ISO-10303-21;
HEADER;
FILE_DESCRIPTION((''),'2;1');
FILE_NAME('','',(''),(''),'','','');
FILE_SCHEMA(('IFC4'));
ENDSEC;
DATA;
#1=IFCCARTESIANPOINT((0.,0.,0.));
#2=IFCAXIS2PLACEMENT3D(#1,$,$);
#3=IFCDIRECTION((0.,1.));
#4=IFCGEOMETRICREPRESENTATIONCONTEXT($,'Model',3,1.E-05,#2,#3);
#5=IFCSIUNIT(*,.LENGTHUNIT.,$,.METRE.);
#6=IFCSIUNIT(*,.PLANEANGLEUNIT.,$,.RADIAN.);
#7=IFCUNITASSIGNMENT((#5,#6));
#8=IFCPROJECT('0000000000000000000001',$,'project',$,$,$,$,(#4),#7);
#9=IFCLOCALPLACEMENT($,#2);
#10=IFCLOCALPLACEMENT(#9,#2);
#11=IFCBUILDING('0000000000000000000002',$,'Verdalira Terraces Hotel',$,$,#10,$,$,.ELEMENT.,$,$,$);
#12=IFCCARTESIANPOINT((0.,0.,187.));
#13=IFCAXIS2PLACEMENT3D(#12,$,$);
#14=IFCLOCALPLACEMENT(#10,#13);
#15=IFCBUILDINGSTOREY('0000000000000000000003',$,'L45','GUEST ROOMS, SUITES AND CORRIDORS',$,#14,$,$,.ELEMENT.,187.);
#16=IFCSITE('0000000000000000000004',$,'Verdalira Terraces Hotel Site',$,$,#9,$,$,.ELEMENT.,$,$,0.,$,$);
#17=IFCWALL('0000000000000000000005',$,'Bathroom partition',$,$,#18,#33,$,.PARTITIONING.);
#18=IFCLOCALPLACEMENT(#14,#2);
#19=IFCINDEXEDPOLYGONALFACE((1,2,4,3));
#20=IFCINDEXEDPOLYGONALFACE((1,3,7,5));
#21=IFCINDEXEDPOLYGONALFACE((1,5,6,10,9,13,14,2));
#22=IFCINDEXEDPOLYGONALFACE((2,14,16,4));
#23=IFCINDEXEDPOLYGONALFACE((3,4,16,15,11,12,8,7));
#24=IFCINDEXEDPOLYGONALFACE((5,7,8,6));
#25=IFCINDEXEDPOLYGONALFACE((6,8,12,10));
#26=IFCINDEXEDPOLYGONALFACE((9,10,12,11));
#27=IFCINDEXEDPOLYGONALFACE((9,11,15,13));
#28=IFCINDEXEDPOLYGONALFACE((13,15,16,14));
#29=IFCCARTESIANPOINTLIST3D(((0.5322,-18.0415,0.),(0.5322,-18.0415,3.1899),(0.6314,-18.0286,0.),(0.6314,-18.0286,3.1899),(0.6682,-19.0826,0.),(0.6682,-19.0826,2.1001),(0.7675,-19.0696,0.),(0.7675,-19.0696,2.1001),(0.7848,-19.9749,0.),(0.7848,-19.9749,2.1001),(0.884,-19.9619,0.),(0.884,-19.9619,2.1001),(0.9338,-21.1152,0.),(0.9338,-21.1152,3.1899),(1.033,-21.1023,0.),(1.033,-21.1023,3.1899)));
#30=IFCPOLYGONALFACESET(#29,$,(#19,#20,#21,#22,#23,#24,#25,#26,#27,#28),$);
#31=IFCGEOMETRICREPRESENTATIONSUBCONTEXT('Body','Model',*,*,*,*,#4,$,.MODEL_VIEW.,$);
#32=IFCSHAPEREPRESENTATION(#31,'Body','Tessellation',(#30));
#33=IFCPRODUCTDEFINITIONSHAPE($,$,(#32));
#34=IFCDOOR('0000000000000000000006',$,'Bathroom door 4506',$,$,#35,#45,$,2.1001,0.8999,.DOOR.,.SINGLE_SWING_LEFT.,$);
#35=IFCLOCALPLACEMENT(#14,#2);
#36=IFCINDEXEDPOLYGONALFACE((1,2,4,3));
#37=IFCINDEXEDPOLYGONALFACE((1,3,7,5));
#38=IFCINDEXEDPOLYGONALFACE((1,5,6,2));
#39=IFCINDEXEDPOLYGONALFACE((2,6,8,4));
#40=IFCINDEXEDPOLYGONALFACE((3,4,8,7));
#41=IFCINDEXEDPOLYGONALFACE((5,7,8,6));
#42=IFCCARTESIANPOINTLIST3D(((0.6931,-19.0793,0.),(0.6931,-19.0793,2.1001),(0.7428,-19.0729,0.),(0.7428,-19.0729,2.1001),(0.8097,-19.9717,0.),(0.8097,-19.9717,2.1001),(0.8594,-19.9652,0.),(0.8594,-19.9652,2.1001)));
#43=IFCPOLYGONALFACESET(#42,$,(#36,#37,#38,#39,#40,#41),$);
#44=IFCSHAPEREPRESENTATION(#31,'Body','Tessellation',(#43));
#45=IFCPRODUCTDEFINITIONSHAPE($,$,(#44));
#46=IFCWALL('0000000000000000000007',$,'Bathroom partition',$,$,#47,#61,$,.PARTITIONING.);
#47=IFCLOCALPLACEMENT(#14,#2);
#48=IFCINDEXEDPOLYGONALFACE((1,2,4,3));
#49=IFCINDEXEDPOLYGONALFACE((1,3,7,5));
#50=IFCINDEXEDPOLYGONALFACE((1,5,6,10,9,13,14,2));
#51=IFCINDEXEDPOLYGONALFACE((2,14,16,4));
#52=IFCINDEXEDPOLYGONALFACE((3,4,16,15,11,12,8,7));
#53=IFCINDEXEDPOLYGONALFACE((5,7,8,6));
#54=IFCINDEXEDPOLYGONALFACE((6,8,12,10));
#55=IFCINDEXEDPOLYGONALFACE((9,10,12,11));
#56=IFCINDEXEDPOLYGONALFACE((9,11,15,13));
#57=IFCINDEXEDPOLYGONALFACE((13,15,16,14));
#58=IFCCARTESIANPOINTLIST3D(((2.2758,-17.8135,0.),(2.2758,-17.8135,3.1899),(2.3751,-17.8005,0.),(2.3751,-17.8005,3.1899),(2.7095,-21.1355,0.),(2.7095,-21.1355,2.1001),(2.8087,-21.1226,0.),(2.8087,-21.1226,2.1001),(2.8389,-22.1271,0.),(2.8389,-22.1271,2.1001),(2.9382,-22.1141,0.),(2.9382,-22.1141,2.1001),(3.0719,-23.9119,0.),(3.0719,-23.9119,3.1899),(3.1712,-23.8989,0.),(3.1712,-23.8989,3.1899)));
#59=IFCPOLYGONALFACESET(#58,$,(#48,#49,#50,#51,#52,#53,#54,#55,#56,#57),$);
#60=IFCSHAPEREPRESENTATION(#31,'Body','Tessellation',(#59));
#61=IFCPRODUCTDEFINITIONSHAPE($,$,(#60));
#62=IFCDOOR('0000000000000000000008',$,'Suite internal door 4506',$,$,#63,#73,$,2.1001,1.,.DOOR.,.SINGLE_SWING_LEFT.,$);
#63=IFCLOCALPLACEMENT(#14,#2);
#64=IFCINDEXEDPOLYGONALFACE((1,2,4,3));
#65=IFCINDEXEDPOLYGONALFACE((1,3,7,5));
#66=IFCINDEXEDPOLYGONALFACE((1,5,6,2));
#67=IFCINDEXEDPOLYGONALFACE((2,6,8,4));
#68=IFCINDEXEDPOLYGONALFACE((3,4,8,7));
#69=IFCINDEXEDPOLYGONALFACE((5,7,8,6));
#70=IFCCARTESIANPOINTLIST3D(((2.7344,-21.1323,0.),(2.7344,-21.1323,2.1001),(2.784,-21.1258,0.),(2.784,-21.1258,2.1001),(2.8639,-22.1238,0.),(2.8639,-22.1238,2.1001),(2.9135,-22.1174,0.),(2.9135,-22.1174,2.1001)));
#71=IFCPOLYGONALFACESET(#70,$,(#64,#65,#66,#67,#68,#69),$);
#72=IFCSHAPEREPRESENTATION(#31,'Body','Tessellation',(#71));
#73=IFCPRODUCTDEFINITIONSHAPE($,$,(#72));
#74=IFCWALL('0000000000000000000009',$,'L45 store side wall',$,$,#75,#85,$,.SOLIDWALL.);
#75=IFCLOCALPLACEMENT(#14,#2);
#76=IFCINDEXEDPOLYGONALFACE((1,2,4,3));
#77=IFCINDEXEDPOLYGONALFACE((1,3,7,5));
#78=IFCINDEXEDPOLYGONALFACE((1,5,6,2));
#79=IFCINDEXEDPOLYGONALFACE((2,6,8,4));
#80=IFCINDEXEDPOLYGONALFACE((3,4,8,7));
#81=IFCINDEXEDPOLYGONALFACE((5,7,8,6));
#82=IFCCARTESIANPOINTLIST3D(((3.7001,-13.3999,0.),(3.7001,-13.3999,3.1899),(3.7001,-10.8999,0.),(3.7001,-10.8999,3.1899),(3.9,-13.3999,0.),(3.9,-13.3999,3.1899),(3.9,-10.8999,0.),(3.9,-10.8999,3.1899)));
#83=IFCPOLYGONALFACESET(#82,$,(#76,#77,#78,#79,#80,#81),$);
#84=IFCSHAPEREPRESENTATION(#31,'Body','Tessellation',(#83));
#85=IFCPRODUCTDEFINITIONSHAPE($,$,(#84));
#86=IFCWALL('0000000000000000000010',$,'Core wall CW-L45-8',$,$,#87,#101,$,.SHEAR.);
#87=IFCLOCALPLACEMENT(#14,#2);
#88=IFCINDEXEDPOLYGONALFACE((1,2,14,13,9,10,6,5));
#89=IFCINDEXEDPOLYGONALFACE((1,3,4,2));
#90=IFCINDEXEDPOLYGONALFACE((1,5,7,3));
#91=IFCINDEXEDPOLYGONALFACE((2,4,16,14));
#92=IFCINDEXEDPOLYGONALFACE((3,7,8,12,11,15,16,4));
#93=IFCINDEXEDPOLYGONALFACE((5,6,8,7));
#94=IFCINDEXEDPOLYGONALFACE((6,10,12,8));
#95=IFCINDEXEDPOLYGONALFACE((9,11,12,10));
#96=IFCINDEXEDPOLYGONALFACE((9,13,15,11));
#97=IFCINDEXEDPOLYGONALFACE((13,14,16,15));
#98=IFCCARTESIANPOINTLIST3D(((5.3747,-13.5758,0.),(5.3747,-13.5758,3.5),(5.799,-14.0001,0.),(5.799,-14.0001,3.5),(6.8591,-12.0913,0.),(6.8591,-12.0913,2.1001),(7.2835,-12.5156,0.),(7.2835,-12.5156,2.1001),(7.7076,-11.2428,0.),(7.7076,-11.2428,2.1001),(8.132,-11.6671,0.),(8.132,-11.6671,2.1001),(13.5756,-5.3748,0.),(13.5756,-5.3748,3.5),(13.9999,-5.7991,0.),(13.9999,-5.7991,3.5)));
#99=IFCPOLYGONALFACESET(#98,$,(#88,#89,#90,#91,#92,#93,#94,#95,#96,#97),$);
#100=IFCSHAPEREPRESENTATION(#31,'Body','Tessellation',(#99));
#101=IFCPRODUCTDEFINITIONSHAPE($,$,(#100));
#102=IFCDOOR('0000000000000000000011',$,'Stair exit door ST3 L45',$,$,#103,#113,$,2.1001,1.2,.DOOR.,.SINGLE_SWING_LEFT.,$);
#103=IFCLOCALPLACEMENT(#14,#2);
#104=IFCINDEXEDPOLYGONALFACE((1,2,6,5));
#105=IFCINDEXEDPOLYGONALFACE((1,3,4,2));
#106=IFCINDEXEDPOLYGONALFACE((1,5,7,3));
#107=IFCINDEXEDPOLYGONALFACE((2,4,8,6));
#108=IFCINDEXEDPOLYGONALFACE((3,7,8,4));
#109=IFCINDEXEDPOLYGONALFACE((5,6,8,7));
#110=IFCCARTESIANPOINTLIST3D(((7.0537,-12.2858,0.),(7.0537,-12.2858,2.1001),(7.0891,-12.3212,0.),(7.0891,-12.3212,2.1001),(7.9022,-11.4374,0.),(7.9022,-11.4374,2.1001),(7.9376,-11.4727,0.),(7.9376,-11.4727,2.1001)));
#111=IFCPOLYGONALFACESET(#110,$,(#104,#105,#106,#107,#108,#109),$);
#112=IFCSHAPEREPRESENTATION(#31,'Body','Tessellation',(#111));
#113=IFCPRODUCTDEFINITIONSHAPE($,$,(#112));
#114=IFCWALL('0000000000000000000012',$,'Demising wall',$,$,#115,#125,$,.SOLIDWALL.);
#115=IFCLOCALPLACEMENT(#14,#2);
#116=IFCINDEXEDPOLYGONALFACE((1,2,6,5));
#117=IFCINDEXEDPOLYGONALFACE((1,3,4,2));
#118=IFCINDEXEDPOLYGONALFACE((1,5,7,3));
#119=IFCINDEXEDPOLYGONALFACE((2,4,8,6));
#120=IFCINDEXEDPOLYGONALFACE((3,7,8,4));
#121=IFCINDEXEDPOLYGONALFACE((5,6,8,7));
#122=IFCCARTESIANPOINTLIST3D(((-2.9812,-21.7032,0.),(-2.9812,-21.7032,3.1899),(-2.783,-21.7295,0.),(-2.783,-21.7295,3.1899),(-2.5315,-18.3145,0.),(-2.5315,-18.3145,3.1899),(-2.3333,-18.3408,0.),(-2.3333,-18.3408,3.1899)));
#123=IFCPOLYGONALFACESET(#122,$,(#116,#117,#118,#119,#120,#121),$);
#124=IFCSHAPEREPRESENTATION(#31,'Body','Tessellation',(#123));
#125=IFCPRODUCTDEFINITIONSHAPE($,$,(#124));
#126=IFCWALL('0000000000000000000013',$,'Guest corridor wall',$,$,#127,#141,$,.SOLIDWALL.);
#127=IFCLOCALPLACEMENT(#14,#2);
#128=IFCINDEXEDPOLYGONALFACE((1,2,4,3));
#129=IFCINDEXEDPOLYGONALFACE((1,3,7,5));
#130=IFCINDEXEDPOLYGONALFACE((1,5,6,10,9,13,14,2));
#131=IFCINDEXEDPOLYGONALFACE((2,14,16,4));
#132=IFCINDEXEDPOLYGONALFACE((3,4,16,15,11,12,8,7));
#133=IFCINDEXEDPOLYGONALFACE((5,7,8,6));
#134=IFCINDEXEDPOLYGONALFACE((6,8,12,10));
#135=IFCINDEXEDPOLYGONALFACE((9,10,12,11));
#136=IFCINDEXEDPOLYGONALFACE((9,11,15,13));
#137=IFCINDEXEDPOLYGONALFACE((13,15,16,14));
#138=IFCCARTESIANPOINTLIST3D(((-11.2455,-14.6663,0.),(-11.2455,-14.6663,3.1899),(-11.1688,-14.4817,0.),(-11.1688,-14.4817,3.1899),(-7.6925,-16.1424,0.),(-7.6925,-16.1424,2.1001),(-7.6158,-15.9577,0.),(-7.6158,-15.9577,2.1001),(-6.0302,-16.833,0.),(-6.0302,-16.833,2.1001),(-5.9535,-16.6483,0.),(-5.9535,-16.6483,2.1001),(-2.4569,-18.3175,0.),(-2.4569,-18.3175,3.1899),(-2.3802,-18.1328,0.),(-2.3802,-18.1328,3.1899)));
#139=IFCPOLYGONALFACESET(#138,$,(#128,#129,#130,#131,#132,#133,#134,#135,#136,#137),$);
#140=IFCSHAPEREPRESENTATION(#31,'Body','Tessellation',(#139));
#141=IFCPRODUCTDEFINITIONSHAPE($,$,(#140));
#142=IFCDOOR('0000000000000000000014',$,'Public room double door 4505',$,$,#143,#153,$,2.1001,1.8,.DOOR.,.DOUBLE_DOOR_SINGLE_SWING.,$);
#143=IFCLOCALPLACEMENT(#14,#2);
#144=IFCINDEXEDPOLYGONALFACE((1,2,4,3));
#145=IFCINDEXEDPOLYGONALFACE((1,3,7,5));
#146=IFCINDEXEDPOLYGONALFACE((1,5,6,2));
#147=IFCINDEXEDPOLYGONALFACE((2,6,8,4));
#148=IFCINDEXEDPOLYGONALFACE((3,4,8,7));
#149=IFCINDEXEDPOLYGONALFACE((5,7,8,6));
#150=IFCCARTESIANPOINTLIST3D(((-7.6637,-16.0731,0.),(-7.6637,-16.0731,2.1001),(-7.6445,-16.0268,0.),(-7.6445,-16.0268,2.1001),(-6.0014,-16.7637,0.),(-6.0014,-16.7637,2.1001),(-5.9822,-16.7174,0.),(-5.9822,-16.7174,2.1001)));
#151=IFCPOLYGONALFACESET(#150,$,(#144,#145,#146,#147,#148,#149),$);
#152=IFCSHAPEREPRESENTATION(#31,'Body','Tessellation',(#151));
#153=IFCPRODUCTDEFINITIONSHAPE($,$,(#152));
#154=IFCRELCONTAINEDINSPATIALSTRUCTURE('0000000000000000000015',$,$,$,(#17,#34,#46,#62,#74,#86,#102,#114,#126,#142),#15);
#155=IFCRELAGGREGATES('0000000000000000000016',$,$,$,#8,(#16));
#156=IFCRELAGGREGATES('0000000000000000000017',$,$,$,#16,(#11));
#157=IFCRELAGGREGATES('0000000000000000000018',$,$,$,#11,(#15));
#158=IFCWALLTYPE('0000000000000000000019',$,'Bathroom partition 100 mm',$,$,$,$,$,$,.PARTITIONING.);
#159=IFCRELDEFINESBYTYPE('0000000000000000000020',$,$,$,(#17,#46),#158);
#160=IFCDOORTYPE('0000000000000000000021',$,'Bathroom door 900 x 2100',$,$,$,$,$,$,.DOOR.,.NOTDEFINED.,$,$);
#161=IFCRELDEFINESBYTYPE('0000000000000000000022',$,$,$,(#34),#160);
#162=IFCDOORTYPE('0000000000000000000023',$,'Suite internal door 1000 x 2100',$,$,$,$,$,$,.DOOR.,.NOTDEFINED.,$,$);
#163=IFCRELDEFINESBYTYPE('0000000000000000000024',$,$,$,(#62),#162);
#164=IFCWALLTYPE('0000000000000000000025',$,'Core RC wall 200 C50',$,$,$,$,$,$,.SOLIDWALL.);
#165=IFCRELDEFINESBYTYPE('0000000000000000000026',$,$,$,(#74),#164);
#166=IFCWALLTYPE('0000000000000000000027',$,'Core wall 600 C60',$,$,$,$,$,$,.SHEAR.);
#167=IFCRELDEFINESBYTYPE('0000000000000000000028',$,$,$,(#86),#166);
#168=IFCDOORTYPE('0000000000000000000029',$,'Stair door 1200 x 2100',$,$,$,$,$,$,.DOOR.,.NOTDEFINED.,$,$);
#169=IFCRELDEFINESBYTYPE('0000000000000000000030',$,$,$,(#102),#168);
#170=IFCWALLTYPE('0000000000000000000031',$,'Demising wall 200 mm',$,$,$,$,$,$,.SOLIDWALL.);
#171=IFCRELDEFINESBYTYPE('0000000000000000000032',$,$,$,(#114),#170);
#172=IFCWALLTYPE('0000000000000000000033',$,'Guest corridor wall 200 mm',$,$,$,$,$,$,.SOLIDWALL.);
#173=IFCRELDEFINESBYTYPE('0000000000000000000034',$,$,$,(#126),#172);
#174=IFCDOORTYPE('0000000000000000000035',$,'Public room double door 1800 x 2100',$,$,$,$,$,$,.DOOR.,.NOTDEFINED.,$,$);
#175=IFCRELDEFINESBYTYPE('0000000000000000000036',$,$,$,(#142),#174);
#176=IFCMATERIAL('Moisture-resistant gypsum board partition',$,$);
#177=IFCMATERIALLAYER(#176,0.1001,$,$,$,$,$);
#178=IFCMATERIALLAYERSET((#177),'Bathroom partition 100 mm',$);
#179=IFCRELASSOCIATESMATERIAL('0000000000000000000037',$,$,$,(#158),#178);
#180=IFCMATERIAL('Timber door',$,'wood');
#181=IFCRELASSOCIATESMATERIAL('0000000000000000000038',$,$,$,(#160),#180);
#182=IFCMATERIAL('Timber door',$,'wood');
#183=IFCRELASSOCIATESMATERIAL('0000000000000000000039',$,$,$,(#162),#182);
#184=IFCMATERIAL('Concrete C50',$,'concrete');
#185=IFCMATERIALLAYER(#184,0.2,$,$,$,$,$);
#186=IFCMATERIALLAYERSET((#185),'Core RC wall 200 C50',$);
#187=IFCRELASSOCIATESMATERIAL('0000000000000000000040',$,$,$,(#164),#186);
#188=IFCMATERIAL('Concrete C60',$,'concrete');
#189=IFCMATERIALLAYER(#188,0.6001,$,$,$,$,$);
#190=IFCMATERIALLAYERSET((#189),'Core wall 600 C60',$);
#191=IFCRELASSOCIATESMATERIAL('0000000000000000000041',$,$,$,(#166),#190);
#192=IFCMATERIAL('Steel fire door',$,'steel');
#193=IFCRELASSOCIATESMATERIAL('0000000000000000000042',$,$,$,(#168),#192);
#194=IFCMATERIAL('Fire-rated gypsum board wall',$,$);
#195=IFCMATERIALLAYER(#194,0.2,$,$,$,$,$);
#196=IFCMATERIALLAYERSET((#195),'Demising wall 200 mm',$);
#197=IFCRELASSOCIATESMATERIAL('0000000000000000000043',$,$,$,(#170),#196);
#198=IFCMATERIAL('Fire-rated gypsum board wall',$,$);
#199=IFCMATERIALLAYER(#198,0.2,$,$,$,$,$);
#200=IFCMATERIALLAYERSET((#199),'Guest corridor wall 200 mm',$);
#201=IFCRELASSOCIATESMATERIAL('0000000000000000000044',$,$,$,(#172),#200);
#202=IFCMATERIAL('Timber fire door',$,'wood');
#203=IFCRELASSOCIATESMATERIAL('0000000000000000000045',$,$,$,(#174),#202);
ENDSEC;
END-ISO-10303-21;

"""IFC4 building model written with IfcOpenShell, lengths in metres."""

from ifc_helpers import new_model, si_unit, direction, frame, frame_2d, origin, place, context, subcontext, project, spatial, rectangle, extrude, material, layer, layer_set, type_object, element, fill, save


model = new_model("IFC4")

# Units and contexts
model_context = context("Model", 3, precision=1e-05, world=origin(), true_north=direction((0.0, 1.0)))
body_context = subcontext(model_context, "Body", "Model", "MODEL_VIEW")
ifc_project = project(units=[si_unit("LENGTHUNIT", "METRE"), si_unit("PLANEANGLEUNIT", "RADIAN")], contexts=[model_context])

# Site, building, storey
site_placement = place(None, origin())
site = spatial("IfcSite", under=ifc_project, at=site_placement, Name="Verdalira Terraces Hotel Site", CompositionType="ELEMENT", RefElevation=0.0)
building_placement = place(site_placement, origin())
building = spatial("IfcBuilding", under=site, at=building_placement, Name="Verdalira Terraces Hotel", CompositionType="ELEMENT")
storey_placement = place(building_placement, frame((0.0, 0.0, 187.0)))
storey = spatial("IfcBuildingStorey", under=building, at=storey_placement, Name="L45", Description="GUEST ROOMS, SUITES AND CORRIDORS", CompositionType="ELEMENT", Elevation=187.0)

# Shared definitions
ifc_material_1 = material(Name="Moisture-resistant gypsum board partition")
ifc_layer_1 = layer(ifc_material_1, 0.1001)
ifc_layer_set_1 = layer_set([ifc_layer_1], Name="Bathroom partition 100 mm")
wall_type_1 = type_object("IfcWallType", Name="Bathroom partition 100 mm", PredefinedType="PARTITIONING", material=ifc_layer_set_1)

# Walls, openings, doors
wall_1_placement = place(storey_placement, frame((0.9834, -21.1086, 0.0), z_axis=(0.0, 0.0, 1.0), x_axis=(-0.129558, 0.991572, 0.0)))
wall_1 = element("IfcWall", 1, at=wall_1_placement, inside=storey, type_object=wall_type_1, Name="Bathroom partition", PredefinedType="PARTITIONING", context=body_context, shape_type="SweptSolid", body=[
    extrude(rectangle(XDim=3.0999, YDim=0.1001, at=frame_2d((1.5498, 0.0))), origin(), (0.0, 0.0, 1.0), 3.1899),
])
opening_1_placement = place(wall_1_placement, frame((1.1499, 0.0, 0.0)))
opening_1 = element("IfcOpeningElement", 2, at=opening_1_placement, cuts=wall_1, PredefinedType="OPENING", context=body_context, shape_type="SweptSolid", body=[
    extrude(rectangle(XDim=0.8999, YDim=2.1001, at=frame_2d((0.45, 1.05))), frame((0.0, 0.0601, 0.0), z_axis=(0.0, -1.0, 0.0), x_axis=(1.0, 0.0, 0.0)), (0.0, 0.0, 1.0), 0.1201),
])
ifc_material_2 = material(Name="Timber door", Category="wood")
door_type_1 = type_object("IfcDoorType", Name="Bathroom door 900 x 2100", OperationType="NOTDEFINED", PredefinedType="DOOR", material=ifc_material_2)
door_1_placement = place(opening_1_placement, origin())
door_1 = element("IfcDoor", 3, at=door_1_placement, inside=storey, type_object=door_type_1, Name="Bathroom door 4506", OperationType="SINGLE_SWING_LEFT", OverallHeight=2.1001, OverallWidth=0.8999, PredefinedType="DOOR", context=body_context, shape_type="SweptSolid", body=[
    extrude(rectangle(XDim=0.8999, YDim=2.1001, at=frame_2d((0.45, 1.05))), frame((0.0, 0.0249, 0.0), z_axis=(0.0, -1.0, 0.0), x_axis=(1.0, 0.0, 0.0)), (0.0, 0.0, 1.0), 0.05),
])
fill(opening_1, door_1)
wall_2_placement = place(storey_placement, frame((3.1216, -23.9055, 0.0), z_axis=(0.0, 0.0, 1.0), x_axis=(-0.129451, 0.991586, 0.0)))
wall_2 = element("IfcWall", 4, at=wall_2_placement, inside=storey, type_object=wall_type_1, Name="Bathroom partition", PredefinedType="PARTITIONING", context=body_context, shape_type="SweptSolid", body=[
    extrude(rectangle(XDim=6.1501, YDim=0.1001, at=frame_2d((3.0752, 0.0))), origin(), (0.0, 0.0, 1.0), 3.1899),
])
opening_2_placement = place(wall_2_placement, frame((1.8, 0.0, 0.0)))
opening_2 = element("IfcOpeningElement", 5, at=opening_2_placement, cuts=wall_2, PredefinedType="OPENING", context=body_context, shape_type="SweptSolid", body=[
    extrude(rectangle(XDim=1.0, YDim=2.1001, at=frame_2d((0.5, 1.05))), frame((0.0, 0.0601, 0.0), z_axis=(0.0, -1.0, 0.0), x_axis=(1.0, 0.0, 0.0)), (0.0, 0.0, 1.0), 0.1201),
])
ifc_material_3 = material(Name="Timber door", Category="wood")
door_type_2 = type_object("IfcDoorType", Name="Suite internal door 1000 x 2100", OperationType="NOTDEFINED", PredefinedType="DOOR", material=ifc_material_3)
door_2_placement = place(opening_2_placement, origin())
door_2 = element("IfcDoor", 6, at=door_2_placement, inside=storey, type_object=door_type_2, Name="Suite internal door 4506", OperationType="SINGLE_SWING_LEFT", OverallHeight=2.1001, OverallWidth=1.0, PredefinedType="DOOR", context=body_context, shape_type="SweptSolid", body=[
    extrude(rectangle(XDim=1.0, YDim=2.1001, at=frame_2d((0.5, 1.05))), frame((0.0, 0.0249, 0.0), z_axis=(0.0, -1.0, 0.0), x_axis=(1.0, 0.0, 0.0)), (0.0, 0.0, 1.0), 0.05),
])
fill(opening_2, door_2)

# Wall
ifc_material_4 = material(Name="Concrete C50", Category="concrete")
ifc_layer_2 = layer(ifc_material_4, 0.2)
ifc_layer_set_2 = layer_set([ifc_layer_2], Name="Core RC wall 200 C50")
wall_type_2 = type_object("IfcWallType", Name="Core RC wall 200 C50", PredefinedType="SOLIDWALL", material=ifc_layer_set_2)
wall_3_placement = place(storey_placement, frame((3.8, -10.8999, 0.0), z_axis=(0.0, 0.0, 1.0), x_axis=(0.0, -1.0, 0.0)))
element("IfcWall", 7, at=wall_3_placement, inside=storey, type_object=wall_type_2, Name="L45 store side wall", PredefinedType="SOLIDWALL", context=body_context, shape_type="SweptSolid", body=[
    extrude(rectangle(XDim=2.5, YDim=0.2, at=frame_2d((1.25, 0.0))), origin(), (0.0, 0.0, 1.0), 3.1899),
])

# Wall, opening, door
ifc_material_5 = material(Name="Concrete C60", Category="concrete")
ifc_layer_3 = layer(ifc_material_5, 0.6001)
ifc_layer_set_3 = layer_set([ifc_layer_3], Name="Core wall 600 C60")
wall_type_3 = type_object("IfcWallType", Name="Core wall 600 C60", PredefinedType="SHEAR", material=ifc_layer_set_3)
wall_4_placement = place(storey_placement, frame((5.5869, -13.7878, 0.0), z_axis=(0.0, 0.0, 1.0), x_axis=(0.707107, 0.707107, 0.0)))
wall_4 = element("IfcWall", 8, at=wall_4_placement, inside=storey, type_object=wall_type_3, Name="Core wall CW-L45-8", PredefinedType="SHEAR", context=body_context, shape_type="SweptSolid", body=[
    extrude(rectangle(XDim=11.5979, YDim=0.6001, at=frame_2d((5.7988, 0.0))), origin(), (0.0, 0.0, 1.0), 3.5),
])
opening_3_placement = place(wall_4_placement, frame((2.0991, 0.0, 0.0)))
opening_3 = element("IfcOpeningElement", 9, at=opening_3_placement, cuts=wall_4, PredefinedType="OPENING", context=body_context, shape_type="SweptSolid", body=[
    extrude(rectangle(XDim=1.2, YDim=2.1001, at=frame_2d((0.6001, 1.05))), frame((0.0, 0.3101, 0.0), z_axis=(0.0, -1.0, 0.0), x_axis=(1.0, 0.0, 0.0)), (0.0, 0.0, 1.0), 0.6201),
])
ifc_material_6 = material(Name="Steel fire door", Category="steel")
door_type_3 = type_object("IfcDoorType", Name="Stair door 1200 x 2100", OperationType="NOTDEFINED", PredefinedType="DOOR", material=ifc_material_6)
door_3_placement = place(opening_3_placement, origin())
door_3 = element("IfcDoor", 10, at=door_3_placement, inside=storey, type_object=door_type_3, Name="Stair exit door ST3 L45", OperationType="SINGLE_SWING_LEFT", OverallHeight=2.1001, OverallWidth=1.2, PredefinedType="DOOR", context=body_context, shape_type="SweptSolid", body=[
    extrude(rectangle(XDim=1.2, YDim=2.1001, at=frame_2d((0.6001, 1.05))), frame((0.0, 0.0249, 0.0), z_axis=(0.0, -1.0, 0.0), x_axis=(1.0, 0.0, 0.0)), (0.0, 0.0, 1.0), 0.05),
])
fill(opening_3, door_3)

# Wall
ifc_material_7 = material(Name="Fire-rated gypsum board wall")
ifc_layer_4 = layer(ifc_material_7, 0.2)
ifc_layer_set_4 = layer_set([ifc_layer_4], Name="Demising wall 200 mm")
wall_type_4 = type_object("IfcWallType", Name="Demising wall 200 mm", PredefinedType="SOLIDWALL", material=ifc_layer_set_4)
wall_5_placement = place(storey_placement, frame((-2.4324, -18.3276, 0.0), z_axis=(0.0, 0.0, 1.0), x_axis=(-0.131556, -0.991309, 0.0)))
element("IfcWall", 11, at=wall_5_placement, inside=storey, type_object=wall_type_4, Name="Demising wall", PredefinedType="SOLIDWALL", context=body_context, shape_type="SweptSolid", body=[
    extrude(rectangle(XDim=3.4185, YDim=0.2, at=frame_2d((1.7092, 0.0))), origin(), (0.0, 0.0, 1.0), 3.1899),
])

# Wall, opening, door
ifc_material_8 = material(Name="Fire-rated gypsum board wall")
ifc_layer_5 = layer(ifc_material_8, 0.2)
ifc_layer_set_5 = layer_set([ifc_layer_5], Name="Guest corridor wall 200 mm")
wall_type_5 = type_object("IfcWallType", Name="Guest corridor wall 200 mm", PredefinedType="SOLIDWALL", material=ifc_layer_set_5)
wall_6_placement = place(storey_placement, frame((-2.4187, -18.2251, 0.0), z_axis=(0.0, 0.0, 1.0), x_axis=(-0.923479, 0.38365, 0.0)))
wall_6 = element("IfcWall", 12, at=wall_6_placement, inside=storey, type_object=wall_type_5, Name="Guest corridor wall", PredefinedType="SOLIDWALL", context=body_context, shape_type="SweptSolid", body=[
    extrude(rectangle(XDim=9.5168, YDim=0.2, at=frame_2d((4.7583, 0.0))), origin(), (0.0, 0.0, 1.0), 3.1899),
])
opening_4_placement = place(wall_6_placement, frame((3.8694, 0.0, 0.0)))
opening_4 = element("IfcOpeningElement", 13, at=opening_4_placement, cuts=wall_6, PredefinedType="OPENING", context=body_context, shape_type="SweptSolid", body=[
    extrude(rectangle(XDim=1.8, YDim=2.1001, at=frame_2d((0.8999, 1.05))), frame((0.0, 0.1099, 0.0), z_axis=(0.0, -1.0, 0.0), x_axis=(1.0, 0.0, 0.0)), (0.0, 0.0, 1.0), 0.22),
])
ifc_material_9 = material(Name="Timber fire door", Category="wood")
door_type_4 = type_object("IfcDoorType", Name="Public room double door 1800 x 2100", OperationType="NOTDEFINED", PredefinedType="DOOR", material=ifc_material_9)
door_4_placement = place(opening_4_placement, origin())
door_4 = element("IfcDoor", 14, at=door_4_placement, inside=storey, type_object=door_type_4, Name="Public room double door 4505", OperationType="DOUBLE_DOOR_SINGLE_SWING", OverallHeight=2.1001, OverallWidth=1.8, PredefinedType="DOOR", context=body_context, shape_type="SweptSolid", body=[
    extrude(rectangle(XDim=1.8, YDim=2.1001, at=frame_2d((0.8999, 1.05))), frame((0.0, 0.0249, 0.0), z_axis=(0.0, -1.0, 0.0), x_axis=(1.0, 0.0, 0.0)), (0.0, 0.0, 1.0), 0.05),
])
fill(opening_4, door_4)

save(model, "model.ifc")
